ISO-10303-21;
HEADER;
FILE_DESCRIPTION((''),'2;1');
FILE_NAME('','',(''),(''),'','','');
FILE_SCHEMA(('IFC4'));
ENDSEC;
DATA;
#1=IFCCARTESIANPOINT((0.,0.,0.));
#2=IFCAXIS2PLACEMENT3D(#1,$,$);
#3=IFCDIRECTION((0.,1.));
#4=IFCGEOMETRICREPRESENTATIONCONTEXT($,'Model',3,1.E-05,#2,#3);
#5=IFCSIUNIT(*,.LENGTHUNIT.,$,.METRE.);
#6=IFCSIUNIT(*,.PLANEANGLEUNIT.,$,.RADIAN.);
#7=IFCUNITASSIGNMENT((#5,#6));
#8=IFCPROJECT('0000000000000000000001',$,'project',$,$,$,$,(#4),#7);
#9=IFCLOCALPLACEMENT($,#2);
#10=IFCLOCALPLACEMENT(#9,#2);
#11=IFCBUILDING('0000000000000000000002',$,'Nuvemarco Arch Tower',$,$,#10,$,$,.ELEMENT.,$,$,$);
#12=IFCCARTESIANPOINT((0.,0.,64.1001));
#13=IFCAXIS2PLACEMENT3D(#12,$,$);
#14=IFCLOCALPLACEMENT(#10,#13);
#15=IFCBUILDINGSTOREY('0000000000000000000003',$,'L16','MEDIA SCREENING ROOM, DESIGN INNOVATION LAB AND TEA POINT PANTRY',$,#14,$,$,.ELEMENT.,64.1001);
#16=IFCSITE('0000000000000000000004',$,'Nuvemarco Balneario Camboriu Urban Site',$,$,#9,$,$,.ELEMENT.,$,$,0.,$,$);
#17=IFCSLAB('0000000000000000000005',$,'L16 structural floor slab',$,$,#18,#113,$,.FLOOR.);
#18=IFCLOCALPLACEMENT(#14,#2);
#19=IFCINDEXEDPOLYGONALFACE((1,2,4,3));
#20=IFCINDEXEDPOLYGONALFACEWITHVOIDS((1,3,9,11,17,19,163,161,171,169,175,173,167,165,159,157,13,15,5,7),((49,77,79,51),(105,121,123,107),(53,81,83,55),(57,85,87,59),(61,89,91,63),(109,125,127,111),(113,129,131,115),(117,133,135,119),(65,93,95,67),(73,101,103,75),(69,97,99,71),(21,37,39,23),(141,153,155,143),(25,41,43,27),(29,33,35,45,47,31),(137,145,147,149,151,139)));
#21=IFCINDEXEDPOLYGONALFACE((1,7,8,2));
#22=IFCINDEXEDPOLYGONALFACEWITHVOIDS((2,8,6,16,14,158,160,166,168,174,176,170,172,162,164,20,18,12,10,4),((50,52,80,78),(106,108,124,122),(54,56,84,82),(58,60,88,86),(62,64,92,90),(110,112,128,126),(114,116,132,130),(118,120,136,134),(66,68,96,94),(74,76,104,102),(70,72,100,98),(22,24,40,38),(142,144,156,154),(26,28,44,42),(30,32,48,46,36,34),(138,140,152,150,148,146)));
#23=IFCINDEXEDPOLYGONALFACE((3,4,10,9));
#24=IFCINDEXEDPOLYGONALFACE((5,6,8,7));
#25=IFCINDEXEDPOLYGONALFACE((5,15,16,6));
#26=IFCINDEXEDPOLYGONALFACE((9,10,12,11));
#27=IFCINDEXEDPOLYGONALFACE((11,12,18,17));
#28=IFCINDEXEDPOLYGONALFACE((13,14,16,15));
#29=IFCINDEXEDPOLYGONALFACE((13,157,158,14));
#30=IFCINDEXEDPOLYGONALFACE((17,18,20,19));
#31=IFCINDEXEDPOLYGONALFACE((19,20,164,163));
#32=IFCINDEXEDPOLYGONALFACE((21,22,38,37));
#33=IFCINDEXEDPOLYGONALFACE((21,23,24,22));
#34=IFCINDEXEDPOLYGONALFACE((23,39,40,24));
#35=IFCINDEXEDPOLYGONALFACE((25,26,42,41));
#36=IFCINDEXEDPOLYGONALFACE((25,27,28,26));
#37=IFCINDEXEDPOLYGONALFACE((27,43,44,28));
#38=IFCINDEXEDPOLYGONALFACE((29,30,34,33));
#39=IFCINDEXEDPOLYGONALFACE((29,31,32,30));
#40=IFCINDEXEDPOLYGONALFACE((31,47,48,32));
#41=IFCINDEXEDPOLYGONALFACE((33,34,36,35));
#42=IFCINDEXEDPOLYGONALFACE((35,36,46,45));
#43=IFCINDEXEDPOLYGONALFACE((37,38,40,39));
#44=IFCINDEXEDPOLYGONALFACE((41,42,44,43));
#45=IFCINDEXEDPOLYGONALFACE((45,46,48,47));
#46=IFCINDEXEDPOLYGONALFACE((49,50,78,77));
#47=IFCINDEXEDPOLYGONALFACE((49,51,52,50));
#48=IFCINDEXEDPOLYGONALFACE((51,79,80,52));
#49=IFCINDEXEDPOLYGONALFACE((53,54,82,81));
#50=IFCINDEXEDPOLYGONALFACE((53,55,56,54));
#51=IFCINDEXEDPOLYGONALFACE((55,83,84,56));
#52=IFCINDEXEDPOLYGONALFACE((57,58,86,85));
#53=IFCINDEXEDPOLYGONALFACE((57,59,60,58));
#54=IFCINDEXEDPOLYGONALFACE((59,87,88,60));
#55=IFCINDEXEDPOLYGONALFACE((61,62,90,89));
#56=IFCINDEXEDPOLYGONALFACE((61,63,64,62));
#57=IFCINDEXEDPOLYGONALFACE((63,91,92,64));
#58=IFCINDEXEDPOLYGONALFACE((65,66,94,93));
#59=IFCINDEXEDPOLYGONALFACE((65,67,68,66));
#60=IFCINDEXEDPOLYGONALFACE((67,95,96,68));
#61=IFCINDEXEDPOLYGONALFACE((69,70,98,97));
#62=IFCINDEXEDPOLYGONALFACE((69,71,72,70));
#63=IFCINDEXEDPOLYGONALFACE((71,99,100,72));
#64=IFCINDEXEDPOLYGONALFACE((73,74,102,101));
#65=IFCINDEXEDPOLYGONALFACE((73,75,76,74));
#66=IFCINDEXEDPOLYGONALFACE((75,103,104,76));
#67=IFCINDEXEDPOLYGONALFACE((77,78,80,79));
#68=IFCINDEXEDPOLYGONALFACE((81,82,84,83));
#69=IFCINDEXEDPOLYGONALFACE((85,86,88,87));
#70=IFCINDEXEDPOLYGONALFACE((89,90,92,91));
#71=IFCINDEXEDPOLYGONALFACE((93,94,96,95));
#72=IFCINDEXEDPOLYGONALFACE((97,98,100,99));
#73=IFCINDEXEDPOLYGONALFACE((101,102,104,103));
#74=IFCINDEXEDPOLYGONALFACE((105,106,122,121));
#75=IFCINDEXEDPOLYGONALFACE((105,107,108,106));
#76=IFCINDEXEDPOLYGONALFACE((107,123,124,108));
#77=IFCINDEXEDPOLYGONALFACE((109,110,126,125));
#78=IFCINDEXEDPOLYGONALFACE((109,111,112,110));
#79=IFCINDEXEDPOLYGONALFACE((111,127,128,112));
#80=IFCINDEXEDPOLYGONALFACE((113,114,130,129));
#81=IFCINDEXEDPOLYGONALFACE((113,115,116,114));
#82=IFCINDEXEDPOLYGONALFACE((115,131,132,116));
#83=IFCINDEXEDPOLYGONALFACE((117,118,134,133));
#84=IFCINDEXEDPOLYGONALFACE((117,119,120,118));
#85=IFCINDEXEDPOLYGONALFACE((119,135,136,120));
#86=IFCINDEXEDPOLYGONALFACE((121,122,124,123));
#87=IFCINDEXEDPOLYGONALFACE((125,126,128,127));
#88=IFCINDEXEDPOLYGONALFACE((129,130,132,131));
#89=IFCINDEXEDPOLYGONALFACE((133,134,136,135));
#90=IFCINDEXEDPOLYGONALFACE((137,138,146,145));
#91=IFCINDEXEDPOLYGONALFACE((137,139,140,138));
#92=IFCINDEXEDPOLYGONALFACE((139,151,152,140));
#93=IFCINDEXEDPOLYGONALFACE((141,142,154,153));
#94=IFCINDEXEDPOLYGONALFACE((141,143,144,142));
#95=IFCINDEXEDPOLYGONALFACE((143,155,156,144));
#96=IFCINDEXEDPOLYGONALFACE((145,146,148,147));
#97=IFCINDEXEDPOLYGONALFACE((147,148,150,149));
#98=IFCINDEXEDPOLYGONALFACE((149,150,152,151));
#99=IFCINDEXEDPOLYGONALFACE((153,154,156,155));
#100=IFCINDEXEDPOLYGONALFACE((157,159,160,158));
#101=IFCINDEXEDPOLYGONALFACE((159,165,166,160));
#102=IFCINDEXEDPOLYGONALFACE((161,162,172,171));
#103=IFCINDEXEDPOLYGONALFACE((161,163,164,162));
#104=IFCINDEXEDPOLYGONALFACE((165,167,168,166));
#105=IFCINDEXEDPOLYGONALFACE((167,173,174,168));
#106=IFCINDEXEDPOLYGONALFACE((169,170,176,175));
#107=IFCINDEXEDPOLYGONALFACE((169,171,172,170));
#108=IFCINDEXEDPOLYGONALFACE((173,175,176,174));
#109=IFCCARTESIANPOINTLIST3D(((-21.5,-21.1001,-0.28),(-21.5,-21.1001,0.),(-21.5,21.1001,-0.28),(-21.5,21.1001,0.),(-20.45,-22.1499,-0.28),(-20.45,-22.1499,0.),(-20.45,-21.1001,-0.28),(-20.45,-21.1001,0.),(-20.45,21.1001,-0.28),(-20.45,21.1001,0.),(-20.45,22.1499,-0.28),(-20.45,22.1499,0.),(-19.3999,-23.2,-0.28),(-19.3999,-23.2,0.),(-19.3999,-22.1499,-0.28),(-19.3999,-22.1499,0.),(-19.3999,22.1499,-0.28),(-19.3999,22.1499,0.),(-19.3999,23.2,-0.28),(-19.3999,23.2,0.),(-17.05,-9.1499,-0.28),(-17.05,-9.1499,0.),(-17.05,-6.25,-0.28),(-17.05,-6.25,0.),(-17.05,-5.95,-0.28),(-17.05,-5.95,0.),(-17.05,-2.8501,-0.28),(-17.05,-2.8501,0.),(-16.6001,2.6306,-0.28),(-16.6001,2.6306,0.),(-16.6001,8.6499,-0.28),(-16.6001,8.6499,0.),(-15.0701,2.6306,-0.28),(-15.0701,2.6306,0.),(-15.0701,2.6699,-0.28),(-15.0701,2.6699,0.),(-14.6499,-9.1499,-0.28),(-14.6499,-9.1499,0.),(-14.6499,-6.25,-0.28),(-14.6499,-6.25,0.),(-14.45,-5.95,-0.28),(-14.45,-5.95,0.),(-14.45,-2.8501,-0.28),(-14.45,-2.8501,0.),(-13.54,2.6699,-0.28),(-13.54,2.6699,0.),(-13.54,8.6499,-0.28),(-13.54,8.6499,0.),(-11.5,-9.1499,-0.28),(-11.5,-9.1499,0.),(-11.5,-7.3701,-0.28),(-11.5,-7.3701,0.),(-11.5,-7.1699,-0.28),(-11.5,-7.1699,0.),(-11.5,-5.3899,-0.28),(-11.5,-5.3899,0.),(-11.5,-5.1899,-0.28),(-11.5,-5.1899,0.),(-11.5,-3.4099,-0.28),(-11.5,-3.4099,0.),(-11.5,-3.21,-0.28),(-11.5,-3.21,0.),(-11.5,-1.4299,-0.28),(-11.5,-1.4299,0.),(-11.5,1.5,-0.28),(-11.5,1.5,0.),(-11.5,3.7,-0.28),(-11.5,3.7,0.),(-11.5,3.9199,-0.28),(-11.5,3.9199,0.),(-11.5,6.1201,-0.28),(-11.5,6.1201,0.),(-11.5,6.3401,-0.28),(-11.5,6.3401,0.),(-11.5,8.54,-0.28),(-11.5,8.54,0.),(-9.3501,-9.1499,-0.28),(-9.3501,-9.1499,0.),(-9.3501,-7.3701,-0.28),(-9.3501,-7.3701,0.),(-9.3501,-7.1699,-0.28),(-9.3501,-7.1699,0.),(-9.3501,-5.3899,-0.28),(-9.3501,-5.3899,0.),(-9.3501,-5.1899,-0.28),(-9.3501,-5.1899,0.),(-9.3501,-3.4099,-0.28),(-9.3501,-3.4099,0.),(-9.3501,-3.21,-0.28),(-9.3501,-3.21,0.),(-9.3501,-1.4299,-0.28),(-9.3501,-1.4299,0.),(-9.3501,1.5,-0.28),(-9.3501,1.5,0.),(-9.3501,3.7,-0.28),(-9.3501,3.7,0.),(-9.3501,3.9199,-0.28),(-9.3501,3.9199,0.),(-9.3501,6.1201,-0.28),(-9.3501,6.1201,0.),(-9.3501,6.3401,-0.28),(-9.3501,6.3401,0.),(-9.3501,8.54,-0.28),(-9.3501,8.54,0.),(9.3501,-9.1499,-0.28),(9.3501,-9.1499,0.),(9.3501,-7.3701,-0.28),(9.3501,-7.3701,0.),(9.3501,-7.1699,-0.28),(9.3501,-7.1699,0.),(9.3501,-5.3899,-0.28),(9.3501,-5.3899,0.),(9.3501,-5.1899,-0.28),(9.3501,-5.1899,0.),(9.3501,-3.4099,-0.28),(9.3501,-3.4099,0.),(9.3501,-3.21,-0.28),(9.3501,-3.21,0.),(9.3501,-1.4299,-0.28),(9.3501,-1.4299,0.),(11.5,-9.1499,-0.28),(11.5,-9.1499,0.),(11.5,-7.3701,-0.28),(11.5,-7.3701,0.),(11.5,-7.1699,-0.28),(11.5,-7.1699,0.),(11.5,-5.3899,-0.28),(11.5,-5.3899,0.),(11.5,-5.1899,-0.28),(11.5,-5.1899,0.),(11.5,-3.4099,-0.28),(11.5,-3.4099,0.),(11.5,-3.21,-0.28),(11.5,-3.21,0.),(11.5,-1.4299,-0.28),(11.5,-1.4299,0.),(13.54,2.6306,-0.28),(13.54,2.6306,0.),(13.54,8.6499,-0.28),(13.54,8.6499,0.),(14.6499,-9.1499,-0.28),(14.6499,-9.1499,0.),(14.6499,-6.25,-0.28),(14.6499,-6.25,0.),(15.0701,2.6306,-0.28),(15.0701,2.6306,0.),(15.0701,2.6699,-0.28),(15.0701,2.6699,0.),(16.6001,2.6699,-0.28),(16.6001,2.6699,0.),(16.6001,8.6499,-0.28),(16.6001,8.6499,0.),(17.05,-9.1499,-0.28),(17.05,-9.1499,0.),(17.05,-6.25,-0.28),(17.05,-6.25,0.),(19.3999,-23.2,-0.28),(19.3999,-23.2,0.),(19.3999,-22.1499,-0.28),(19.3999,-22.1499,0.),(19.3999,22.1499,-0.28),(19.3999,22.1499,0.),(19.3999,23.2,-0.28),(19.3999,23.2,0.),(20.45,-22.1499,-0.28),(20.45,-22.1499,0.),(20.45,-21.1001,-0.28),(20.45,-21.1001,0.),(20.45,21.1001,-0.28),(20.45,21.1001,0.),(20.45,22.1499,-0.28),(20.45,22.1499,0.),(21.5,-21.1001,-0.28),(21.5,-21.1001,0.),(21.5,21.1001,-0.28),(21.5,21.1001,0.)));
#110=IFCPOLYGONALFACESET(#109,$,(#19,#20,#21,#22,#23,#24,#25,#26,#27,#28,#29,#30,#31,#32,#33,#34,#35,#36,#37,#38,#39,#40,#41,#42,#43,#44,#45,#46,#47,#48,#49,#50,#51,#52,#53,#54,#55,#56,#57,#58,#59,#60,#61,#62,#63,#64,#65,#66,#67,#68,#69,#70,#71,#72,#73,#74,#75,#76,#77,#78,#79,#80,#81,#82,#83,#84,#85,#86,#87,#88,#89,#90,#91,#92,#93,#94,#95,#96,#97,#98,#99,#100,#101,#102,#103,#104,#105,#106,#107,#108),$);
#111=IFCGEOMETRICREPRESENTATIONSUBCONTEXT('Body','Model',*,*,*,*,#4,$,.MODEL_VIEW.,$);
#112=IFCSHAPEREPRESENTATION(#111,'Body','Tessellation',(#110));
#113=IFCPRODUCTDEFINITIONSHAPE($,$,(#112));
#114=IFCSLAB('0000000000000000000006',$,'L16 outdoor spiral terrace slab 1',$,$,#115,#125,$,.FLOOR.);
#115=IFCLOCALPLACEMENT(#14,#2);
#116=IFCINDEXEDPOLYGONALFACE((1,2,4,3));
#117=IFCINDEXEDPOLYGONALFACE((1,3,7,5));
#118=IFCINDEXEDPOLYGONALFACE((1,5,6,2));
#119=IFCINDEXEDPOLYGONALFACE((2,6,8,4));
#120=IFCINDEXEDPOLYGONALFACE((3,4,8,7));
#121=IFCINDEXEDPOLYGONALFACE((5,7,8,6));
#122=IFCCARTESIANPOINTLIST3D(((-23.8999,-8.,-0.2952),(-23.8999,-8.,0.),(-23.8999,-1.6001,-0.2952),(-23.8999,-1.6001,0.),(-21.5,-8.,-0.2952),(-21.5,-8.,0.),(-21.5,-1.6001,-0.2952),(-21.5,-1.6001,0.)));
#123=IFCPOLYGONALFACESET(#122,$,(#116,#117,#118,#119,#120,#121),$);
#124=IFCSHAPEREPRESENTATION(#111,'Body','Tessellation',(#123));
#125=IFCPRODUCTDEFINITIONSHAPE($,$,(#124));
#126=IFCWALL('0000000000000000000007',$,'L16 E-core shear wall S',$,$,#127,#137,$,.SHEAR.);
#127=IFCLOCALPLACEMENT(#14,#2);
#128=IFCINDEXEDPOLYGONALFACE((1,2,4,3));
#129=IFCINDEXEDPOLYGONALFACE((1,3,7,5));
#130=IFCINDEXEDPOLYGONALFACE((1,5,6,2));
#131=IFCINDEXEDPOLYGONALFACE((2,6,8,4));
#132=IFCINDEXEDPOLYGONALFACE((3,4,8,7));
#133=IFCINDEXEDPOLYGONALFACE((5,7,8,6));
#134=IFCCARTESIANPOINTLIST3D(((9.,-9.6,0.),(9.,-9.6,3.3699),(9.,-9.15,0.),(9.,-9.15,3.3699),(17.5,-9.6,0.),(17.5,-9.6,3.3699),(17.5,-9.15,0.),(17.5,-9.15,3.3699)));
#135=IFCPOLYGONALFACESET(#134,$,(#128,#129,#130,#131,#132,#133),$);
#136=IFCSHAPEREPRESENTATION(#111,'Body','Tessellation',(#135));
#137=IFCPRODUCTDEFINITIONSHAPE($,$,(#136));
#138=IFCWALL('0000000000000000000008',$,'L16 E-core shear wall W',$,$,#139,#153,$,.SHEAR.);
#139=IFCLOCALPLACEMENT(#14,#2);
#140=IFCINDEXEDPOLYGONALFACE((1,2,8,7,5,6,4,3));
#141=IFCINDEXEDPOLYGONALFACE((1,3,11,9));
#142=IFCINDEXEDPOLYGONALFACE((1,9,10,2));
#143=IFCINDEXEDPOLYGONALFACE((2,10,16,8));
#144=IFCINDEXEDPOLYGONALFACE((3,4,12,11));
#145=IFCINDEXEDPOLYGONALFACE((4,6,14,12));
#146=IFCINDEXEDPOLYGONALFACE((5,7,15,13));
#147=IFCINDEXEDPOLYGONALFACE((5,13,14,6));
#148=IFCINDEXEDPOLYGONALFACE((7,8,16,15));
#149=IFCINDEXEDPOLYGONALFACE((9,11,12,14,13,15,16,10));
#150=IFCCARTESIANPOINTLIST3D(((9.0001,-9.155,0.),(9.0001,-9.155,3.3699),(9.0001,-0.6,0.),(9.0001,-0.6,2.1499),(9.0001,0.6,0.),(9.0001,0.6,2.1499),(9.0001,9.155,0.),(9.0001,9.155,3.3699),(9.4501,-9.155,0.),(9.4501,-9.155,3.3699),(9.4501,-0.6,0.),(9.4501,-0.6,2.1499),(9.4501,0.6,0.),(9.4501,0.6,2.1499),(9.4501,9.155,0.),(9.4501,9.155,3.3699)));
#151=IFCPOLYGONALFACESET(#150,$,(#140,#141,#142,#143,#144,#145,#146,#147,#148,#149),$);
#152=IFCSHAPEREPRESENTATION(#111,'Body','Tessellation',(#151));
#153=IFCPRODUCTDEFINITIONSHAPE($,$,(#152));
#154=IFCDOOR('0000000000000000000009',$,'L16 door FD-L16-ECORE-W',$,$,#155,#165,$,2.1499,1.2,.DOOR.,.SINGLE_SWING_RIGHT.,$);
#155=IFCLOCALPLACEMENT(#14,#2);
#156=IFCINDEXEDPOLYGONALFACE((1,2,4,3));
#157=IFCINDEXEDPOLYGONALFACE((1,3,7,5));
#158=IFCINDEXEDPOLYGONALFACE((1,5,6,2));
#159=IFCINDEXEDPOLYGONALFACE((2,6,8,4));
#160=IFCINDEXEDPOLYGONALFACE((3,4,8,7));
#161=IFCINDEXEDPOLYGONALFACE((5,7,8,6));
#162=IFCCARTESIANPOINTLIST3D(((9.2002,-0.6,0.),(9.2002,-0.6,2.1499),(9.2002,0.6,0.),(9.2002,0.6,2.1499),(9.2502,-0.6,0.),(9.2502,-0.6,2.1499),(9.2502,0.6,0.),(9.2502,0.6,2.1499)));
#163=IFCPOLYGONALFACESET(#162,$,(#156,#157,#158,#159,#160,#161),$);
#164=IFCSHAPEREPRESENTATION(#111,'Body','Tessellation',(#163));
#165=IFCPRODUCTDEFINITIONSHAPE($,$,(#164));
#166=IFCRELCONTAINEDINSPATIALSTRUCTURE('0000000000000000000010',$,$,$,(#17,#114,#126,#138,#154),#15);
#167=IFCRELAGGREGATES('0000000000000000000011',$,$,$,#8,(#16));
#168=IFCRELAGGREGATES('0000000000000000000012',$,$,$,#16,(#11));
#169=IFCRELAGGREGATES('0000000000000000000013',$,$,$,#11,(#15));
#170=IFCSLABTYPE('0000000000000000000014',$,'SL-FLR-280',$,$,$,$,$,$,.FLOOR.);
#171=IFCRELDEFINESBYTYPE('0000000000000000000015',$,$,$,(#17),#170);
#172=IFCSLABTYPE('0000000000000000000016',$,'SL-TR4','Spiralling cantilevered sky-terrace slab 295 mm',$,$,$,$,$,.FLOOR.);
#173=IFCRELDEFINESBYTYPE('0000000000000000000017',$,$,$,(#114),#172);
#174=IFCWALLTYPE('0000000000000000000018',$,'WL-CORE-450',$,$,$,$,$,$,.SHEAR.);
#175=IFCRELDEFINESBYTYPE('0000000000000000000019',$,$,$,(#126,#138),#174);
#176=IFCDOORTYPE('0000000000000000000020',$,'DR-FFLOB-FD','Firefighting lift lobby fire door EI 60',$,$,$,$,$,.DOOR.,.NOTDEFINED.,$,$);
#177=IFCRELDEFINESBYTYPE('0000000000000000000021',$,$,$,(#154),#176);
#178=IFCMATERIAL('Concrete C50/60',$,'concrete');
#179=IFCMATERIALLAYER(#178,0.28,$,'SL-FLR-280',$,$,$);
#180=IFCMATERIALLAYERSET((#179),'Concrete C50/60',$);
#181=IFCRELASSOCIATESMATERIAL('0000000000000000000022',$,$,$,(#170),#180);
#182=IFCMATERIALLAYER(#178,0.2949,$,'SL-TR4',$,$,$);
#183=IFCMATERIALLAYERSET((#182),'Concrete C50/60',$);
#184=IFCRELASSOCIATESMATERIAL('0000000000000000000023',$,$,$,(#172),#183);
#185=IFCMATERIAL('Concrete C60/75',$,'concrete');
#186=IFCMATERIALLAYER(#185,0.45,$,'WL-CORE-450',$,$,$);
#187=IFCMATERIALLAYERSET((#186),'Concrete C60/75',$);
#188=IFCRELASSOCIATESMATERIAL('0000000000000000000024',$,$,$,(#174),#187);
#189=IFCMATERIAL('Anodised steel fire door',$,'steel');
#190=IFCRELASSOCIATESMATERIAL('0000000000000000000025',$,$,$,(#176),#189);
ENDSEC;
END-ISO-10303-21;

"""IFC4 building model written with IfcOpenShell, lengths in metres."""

from ifc_helpers import new_model, si_unit, direction, frame, frame_2d, origin, place, context, subcontext, project, spatial, polyline, rectangle, outline, extrude, source, transform, mapped, material, layer, layer_set, type_object, type_shapes, element, fill, save


model = new_model("IFC4")

# Units and contexts
model_context = context("Model", 3, precision=1e-05, world=origin(), true_north=direction((0.0, 1.0)))
body_context = subcontext(model_context, "Body", "Model", "MODEL_VIEW")
ifc_project = project(units=[si_unit("LENGTHUNIT", "METRE"), si_unit("PLANEANGLEUNIT", "RADIAN")], contexts=[model_context])

# Site, building, storey
site_placement = place(None, origin())
site = spatial("IfcSite", under=ifc_project, at=site_placement, Name="Nuvemarco Balneario Camboriu Urban Site", CompositionType="ELEMENT", RefElevation=0.0)
building_placement = place(site_placement, origin())
building = spatial("IfcBuilding", under=site, at=building_placement, Name="Nuvemarco Arch Tower", CompositionType="ELEMENT")
storey_placement = place(building_placement, frame((0.0, 0.0, 64.1001)))
storey = spatial("IfcBuildingStorey", under=building, at=storey_placement, Name="L16", Description="MEDIA SCREENING ROOM, DESIGN INNOVATION LAB AND TEA POINT PANTRY", CompositionType="ELEMENT", Elevation=64.1001)

# Shared definitions
ifc_material_1 = material(Name="Concrete C60/75", Category="concrete")

# Slabs
ifc_material_2 = material(Name="Concrete C50/60", Category="concrete")
ifc_layer_1 = layer(ifc_material_2, 0.28, Name="SL-FLR-280")
ifc_layer_set_1 = layer_set([ifc_layer_1], Name="Concrete C50/60")
slab_type_1 = type_object("IfcSlabType", Name="SL-FLR-280", PredefinedType="FLOOR", material=ifc_layer_set_1)
slab_1_placement = place(storey_placement, frame((0.0, 0.0, -0.28)))
element("IfcSlab", 1, at=slab_1_placement, inside=storey, type_object=slab_type_1, Name="L16 structural floor slab", PredefinedType="FLOOR", context=body_context, shape_type="SweptSolid", body=[
    extrude(outline(polyline([(-19.3999, -23.2), (19.3999, -23.2), (19.3999, -22.1499), (20.45, -22.1499), (20.45, -21.1001), (21.5, -21.1001), (21.5, 21.1001), (20.45, 21.1001), (20.45, 22.1499), (19.3999, 22.1499), (19.3999, 23.2), (-19.3999, 23.2), (-19.3999, 22.1499), (-20.45, 22.1499), (-20.45, 21.1001), (-21.5, 21.1001), (-21.5, -21.1001), (-20.45, -21.1001), (-20.45, -22.1499), (-19.3999, -22.1499), (-19.3999, -23.2)]), holes=[polyline([(-13.54, 2.6699), (-13.54, 8.6499), (-16.6001, 8.6499), (-16.6001, 2.6306), (-15.0701, 2.6306), (-15.0701, 2.6699), (-13.54, 2.6699)]), polyline([(16.6001, 2.6699), (16.6001, 8.6499), (13.54, 8.6499), (13.54, 2.6306), (15.0701, 2.6306), (15.0701, 2.6699), (16.6001, 2.6699)]), polyline([(-17.05, -9.1499), (-14.6499, -9.1499), (-14.6499, -6.25), (-17.05, -6.25), (-17.05, -9.1499)]), polyline([(-17.05, -5.95), (-14.45, -5.95), (-14.45, -2.8501), (-17.05, -2.8501), (-17.05, -5.95)]), polyline([(-11.5, -9.1499), (-9.3501, -9.1499), (-9.3501, -7.3701), (-11.5, -7.3701), (-11.5, -9.1499)]), polyline([(-11.5, -7.1699), (-9.3501, -7.1699), (-9.3501, -5.3899), (-11.5, -5.3899), (-11.5, -7.1699)]), polyline([(-11.5, -5.1899), (-9.3501, -5.1899), (-9.3501, -3.4099), (-11.5, -3.4099), (-11.5, -5.1899)]), polyline([(-11.5, -3.21), (-9.3501, -3.21), (-9.3501, -1.4299), (-11.5, -1.4299), (-11.5, -3.21)]), polyline([(-11.5, 1.5), (-9.3501, 1.5), (-9.3501, 3.7), (-11.5, 3.7), (-11.5, 1.5)]), polyline([(-11.5, 3.9199), (-9.3501, 3.9199), (-9.3501, 6.1201), (-11.5, 6.1201), (-11.5, 3.9199)]), polyline([(-11.5, 6.3401), (-9.3501, 6.3401), (-9.3501, 8.54), (-11.5, 8.54), (-11.5, 6.3401)]), polyline([(14.6499, -9.1499), (17.05, -9.1499), (17.05, -6.25), (14.6499, -6.25), (14.6499, -9.1499)]), polyline([(9.3501, -9.1499), (11.5, -9.1499), (11.5, -7.3701), (9.3501, -7.3701), (9.3501, -9.1499)]), polyline([(9.3501, -7.1699), (11.5, -7.1699), (11.5, -5.3899), (9.3501, -5.3899), (9.3501, -7.1699)]), polyline([(9.3501, -5.1899), (11.5, -5.1899), (11.5, -3.4099), (9.3501, -3.4099), (9.3501, -5.1899)]), polyline([(9.3501, -3.21), (11.5, -3.21), (11.5, -1.4299), (9.3501, -1.4299), (9.3501, -3.21)])]), origin(), (0.0, 0.0, 1.0), 0.28),
])
ifc_layer_2 = layer(ifc_material_2, 0.2949, Name="SL-TR4")
ifc_layer_set_2 = layer_set([ifc_layer_2], Name="Concrete C50/60")
slab_type_2 = type_object("IfcSlabType", Name="SL-TR4", Description="Spiralling cantilevered sky-terrace slab 295 mm", PredefinedType="FLOOR", material=ifc_layer_set_2)
slab_2_placement = place(storey_placement, frame((0.0, 0.0, -0.2952)))
element("IfcSlab", 2, at=slab_2_placement, inside=storey, type_object=slab_type_2, Name="L16 outdoor spiral terrace slab 1", PredefinedType="FLOOR", context=body_context, shape_type="SweptSolid", body=[
    extrude(outline(polyline([(-23.8999, -8.0), (-21.5, -8.0), (-21.5, -1.6001), (-23.8999, -1.6001), (-23.8999, -8.0)])), origin(), (0.0, 0.0, 1.0), 0.2952),
])

# Wall
ifc_layer_3 = layer(ifc_material_1, 0.45, Name="WL-CORE-450")
ifc_layer_set_3 = layer_set([ifc_layer_3], Name="Concrete C60/75")
wall_type_1 = type_object("IfcWallType", Name="WL-CORE-450", PredefinedType="SHEAR", material=ifc_layer_set_3)
wall_1_placement = place(storey_placement, frame((9.0, -9.375, 0.0), z_axis=(0.0, 0.0, 1.0), x_axis=(1.0, 0.0, 0.0)))
element("IfcWall", 3, at=wall_1_placement, inside=storey, type_object=wall_type_1, Name="L16 E-core shear wall S", PredefinedType="SHEAR", context=body_context, shape_type="SweptSolid", body=[
    extrude(rectangle(XDim=8.5, YDim=0.45, at=frame_2d((4.25, 0.0))), origin(), (0.0, 0.0, 1.0), 3.3699),
])

# Wall, opening, door
wall_2_placement = place(storey_placement, frame((9.2251, -9.155, 0.0), z_axis=(0.0, 0.0, 1.0), x_axis=(0.0, 1.0, 0.0)))
wall_2 = element("IfcWall", 4, at=wall_2_placement, inside=storey, type_object=wall_type_1, Name="L16 E-core shear wall W", PredefinedType="SHEAR", context=body_context, shape_type="SweptSolid", body=[
    extrude(rectangle(XDim=18.3101, YDim=0.45, at=frame_2d((9.155, 0.0))), origin(), (0.0, 0.0, 1.0), 3.3699),
])
opening_1_placement = place(wall_2_placement, frame((8.5549, 0.0, 0.0)))
opening_1 = element("IfcOpeningElement", 5, at=opening_1_placement, cuts=wall_2, PredefinedType="OPENING", context=body_context, shape_type="SweptSolid", body=[
    extrude(rectangle(XDim=1.2, YDim=2.1499, at=frame_2d((0.6001, 1.075))), frame((0.0, 0.2349, 0.0), z_axis=(0.0, -1.0, 0.0), x_axis=(1.0, 0.0, 0.0)), (0.0, 0.0, 1.0), 0.47),
])
ifc_material_3 = material(Name="Anodised steel fire door", Category="steel")
door_type_1 = type_object("IfcDoorType", Name="DR-FFLOB-FD", Description="Firefighting lift lobby fire door EI 60", OperationType="NOTDEFINED", PredefinedType="DOOR", material=ifc_material_3)
shared_shape_1 = source(origin(), body_context, "Body", "SweptSolid", [
    extrude(rectangle(XDim=1.2, YDim=2.1499, at=frame_2d((0.6001, 1.075))), frame((0.0, 0.0249, 0.0), z_axis=(0.0, -1.0, 0.0), x_axis=(1.0, 0.0, 0.0)), (0.0, 0.0, 1.0), 0.05),
])
type_shapes(door_type_1, [shared_shape_1])
door_1_placement = place(opening_1_placement, origin())
door_1 = element("IfcDoor", 6, at=door_1_placement, inside=storey, type_object=door_type_1, Name="L16 door FD-L16-ECORE-W", OperationType="SINGLE_SWING_RIGHT", OverallHeight=2.1499, OverallWidth=1.2, PredefinedType="DOOR", context=body_context, shape_type="MappedRepresentation", body=[
    mapped(shared_shape_1, transform((0.0, 0.0, 0.0), scale=1.0)),
])
fill(opening_1, door_1)

save(model, "model.ifc")
